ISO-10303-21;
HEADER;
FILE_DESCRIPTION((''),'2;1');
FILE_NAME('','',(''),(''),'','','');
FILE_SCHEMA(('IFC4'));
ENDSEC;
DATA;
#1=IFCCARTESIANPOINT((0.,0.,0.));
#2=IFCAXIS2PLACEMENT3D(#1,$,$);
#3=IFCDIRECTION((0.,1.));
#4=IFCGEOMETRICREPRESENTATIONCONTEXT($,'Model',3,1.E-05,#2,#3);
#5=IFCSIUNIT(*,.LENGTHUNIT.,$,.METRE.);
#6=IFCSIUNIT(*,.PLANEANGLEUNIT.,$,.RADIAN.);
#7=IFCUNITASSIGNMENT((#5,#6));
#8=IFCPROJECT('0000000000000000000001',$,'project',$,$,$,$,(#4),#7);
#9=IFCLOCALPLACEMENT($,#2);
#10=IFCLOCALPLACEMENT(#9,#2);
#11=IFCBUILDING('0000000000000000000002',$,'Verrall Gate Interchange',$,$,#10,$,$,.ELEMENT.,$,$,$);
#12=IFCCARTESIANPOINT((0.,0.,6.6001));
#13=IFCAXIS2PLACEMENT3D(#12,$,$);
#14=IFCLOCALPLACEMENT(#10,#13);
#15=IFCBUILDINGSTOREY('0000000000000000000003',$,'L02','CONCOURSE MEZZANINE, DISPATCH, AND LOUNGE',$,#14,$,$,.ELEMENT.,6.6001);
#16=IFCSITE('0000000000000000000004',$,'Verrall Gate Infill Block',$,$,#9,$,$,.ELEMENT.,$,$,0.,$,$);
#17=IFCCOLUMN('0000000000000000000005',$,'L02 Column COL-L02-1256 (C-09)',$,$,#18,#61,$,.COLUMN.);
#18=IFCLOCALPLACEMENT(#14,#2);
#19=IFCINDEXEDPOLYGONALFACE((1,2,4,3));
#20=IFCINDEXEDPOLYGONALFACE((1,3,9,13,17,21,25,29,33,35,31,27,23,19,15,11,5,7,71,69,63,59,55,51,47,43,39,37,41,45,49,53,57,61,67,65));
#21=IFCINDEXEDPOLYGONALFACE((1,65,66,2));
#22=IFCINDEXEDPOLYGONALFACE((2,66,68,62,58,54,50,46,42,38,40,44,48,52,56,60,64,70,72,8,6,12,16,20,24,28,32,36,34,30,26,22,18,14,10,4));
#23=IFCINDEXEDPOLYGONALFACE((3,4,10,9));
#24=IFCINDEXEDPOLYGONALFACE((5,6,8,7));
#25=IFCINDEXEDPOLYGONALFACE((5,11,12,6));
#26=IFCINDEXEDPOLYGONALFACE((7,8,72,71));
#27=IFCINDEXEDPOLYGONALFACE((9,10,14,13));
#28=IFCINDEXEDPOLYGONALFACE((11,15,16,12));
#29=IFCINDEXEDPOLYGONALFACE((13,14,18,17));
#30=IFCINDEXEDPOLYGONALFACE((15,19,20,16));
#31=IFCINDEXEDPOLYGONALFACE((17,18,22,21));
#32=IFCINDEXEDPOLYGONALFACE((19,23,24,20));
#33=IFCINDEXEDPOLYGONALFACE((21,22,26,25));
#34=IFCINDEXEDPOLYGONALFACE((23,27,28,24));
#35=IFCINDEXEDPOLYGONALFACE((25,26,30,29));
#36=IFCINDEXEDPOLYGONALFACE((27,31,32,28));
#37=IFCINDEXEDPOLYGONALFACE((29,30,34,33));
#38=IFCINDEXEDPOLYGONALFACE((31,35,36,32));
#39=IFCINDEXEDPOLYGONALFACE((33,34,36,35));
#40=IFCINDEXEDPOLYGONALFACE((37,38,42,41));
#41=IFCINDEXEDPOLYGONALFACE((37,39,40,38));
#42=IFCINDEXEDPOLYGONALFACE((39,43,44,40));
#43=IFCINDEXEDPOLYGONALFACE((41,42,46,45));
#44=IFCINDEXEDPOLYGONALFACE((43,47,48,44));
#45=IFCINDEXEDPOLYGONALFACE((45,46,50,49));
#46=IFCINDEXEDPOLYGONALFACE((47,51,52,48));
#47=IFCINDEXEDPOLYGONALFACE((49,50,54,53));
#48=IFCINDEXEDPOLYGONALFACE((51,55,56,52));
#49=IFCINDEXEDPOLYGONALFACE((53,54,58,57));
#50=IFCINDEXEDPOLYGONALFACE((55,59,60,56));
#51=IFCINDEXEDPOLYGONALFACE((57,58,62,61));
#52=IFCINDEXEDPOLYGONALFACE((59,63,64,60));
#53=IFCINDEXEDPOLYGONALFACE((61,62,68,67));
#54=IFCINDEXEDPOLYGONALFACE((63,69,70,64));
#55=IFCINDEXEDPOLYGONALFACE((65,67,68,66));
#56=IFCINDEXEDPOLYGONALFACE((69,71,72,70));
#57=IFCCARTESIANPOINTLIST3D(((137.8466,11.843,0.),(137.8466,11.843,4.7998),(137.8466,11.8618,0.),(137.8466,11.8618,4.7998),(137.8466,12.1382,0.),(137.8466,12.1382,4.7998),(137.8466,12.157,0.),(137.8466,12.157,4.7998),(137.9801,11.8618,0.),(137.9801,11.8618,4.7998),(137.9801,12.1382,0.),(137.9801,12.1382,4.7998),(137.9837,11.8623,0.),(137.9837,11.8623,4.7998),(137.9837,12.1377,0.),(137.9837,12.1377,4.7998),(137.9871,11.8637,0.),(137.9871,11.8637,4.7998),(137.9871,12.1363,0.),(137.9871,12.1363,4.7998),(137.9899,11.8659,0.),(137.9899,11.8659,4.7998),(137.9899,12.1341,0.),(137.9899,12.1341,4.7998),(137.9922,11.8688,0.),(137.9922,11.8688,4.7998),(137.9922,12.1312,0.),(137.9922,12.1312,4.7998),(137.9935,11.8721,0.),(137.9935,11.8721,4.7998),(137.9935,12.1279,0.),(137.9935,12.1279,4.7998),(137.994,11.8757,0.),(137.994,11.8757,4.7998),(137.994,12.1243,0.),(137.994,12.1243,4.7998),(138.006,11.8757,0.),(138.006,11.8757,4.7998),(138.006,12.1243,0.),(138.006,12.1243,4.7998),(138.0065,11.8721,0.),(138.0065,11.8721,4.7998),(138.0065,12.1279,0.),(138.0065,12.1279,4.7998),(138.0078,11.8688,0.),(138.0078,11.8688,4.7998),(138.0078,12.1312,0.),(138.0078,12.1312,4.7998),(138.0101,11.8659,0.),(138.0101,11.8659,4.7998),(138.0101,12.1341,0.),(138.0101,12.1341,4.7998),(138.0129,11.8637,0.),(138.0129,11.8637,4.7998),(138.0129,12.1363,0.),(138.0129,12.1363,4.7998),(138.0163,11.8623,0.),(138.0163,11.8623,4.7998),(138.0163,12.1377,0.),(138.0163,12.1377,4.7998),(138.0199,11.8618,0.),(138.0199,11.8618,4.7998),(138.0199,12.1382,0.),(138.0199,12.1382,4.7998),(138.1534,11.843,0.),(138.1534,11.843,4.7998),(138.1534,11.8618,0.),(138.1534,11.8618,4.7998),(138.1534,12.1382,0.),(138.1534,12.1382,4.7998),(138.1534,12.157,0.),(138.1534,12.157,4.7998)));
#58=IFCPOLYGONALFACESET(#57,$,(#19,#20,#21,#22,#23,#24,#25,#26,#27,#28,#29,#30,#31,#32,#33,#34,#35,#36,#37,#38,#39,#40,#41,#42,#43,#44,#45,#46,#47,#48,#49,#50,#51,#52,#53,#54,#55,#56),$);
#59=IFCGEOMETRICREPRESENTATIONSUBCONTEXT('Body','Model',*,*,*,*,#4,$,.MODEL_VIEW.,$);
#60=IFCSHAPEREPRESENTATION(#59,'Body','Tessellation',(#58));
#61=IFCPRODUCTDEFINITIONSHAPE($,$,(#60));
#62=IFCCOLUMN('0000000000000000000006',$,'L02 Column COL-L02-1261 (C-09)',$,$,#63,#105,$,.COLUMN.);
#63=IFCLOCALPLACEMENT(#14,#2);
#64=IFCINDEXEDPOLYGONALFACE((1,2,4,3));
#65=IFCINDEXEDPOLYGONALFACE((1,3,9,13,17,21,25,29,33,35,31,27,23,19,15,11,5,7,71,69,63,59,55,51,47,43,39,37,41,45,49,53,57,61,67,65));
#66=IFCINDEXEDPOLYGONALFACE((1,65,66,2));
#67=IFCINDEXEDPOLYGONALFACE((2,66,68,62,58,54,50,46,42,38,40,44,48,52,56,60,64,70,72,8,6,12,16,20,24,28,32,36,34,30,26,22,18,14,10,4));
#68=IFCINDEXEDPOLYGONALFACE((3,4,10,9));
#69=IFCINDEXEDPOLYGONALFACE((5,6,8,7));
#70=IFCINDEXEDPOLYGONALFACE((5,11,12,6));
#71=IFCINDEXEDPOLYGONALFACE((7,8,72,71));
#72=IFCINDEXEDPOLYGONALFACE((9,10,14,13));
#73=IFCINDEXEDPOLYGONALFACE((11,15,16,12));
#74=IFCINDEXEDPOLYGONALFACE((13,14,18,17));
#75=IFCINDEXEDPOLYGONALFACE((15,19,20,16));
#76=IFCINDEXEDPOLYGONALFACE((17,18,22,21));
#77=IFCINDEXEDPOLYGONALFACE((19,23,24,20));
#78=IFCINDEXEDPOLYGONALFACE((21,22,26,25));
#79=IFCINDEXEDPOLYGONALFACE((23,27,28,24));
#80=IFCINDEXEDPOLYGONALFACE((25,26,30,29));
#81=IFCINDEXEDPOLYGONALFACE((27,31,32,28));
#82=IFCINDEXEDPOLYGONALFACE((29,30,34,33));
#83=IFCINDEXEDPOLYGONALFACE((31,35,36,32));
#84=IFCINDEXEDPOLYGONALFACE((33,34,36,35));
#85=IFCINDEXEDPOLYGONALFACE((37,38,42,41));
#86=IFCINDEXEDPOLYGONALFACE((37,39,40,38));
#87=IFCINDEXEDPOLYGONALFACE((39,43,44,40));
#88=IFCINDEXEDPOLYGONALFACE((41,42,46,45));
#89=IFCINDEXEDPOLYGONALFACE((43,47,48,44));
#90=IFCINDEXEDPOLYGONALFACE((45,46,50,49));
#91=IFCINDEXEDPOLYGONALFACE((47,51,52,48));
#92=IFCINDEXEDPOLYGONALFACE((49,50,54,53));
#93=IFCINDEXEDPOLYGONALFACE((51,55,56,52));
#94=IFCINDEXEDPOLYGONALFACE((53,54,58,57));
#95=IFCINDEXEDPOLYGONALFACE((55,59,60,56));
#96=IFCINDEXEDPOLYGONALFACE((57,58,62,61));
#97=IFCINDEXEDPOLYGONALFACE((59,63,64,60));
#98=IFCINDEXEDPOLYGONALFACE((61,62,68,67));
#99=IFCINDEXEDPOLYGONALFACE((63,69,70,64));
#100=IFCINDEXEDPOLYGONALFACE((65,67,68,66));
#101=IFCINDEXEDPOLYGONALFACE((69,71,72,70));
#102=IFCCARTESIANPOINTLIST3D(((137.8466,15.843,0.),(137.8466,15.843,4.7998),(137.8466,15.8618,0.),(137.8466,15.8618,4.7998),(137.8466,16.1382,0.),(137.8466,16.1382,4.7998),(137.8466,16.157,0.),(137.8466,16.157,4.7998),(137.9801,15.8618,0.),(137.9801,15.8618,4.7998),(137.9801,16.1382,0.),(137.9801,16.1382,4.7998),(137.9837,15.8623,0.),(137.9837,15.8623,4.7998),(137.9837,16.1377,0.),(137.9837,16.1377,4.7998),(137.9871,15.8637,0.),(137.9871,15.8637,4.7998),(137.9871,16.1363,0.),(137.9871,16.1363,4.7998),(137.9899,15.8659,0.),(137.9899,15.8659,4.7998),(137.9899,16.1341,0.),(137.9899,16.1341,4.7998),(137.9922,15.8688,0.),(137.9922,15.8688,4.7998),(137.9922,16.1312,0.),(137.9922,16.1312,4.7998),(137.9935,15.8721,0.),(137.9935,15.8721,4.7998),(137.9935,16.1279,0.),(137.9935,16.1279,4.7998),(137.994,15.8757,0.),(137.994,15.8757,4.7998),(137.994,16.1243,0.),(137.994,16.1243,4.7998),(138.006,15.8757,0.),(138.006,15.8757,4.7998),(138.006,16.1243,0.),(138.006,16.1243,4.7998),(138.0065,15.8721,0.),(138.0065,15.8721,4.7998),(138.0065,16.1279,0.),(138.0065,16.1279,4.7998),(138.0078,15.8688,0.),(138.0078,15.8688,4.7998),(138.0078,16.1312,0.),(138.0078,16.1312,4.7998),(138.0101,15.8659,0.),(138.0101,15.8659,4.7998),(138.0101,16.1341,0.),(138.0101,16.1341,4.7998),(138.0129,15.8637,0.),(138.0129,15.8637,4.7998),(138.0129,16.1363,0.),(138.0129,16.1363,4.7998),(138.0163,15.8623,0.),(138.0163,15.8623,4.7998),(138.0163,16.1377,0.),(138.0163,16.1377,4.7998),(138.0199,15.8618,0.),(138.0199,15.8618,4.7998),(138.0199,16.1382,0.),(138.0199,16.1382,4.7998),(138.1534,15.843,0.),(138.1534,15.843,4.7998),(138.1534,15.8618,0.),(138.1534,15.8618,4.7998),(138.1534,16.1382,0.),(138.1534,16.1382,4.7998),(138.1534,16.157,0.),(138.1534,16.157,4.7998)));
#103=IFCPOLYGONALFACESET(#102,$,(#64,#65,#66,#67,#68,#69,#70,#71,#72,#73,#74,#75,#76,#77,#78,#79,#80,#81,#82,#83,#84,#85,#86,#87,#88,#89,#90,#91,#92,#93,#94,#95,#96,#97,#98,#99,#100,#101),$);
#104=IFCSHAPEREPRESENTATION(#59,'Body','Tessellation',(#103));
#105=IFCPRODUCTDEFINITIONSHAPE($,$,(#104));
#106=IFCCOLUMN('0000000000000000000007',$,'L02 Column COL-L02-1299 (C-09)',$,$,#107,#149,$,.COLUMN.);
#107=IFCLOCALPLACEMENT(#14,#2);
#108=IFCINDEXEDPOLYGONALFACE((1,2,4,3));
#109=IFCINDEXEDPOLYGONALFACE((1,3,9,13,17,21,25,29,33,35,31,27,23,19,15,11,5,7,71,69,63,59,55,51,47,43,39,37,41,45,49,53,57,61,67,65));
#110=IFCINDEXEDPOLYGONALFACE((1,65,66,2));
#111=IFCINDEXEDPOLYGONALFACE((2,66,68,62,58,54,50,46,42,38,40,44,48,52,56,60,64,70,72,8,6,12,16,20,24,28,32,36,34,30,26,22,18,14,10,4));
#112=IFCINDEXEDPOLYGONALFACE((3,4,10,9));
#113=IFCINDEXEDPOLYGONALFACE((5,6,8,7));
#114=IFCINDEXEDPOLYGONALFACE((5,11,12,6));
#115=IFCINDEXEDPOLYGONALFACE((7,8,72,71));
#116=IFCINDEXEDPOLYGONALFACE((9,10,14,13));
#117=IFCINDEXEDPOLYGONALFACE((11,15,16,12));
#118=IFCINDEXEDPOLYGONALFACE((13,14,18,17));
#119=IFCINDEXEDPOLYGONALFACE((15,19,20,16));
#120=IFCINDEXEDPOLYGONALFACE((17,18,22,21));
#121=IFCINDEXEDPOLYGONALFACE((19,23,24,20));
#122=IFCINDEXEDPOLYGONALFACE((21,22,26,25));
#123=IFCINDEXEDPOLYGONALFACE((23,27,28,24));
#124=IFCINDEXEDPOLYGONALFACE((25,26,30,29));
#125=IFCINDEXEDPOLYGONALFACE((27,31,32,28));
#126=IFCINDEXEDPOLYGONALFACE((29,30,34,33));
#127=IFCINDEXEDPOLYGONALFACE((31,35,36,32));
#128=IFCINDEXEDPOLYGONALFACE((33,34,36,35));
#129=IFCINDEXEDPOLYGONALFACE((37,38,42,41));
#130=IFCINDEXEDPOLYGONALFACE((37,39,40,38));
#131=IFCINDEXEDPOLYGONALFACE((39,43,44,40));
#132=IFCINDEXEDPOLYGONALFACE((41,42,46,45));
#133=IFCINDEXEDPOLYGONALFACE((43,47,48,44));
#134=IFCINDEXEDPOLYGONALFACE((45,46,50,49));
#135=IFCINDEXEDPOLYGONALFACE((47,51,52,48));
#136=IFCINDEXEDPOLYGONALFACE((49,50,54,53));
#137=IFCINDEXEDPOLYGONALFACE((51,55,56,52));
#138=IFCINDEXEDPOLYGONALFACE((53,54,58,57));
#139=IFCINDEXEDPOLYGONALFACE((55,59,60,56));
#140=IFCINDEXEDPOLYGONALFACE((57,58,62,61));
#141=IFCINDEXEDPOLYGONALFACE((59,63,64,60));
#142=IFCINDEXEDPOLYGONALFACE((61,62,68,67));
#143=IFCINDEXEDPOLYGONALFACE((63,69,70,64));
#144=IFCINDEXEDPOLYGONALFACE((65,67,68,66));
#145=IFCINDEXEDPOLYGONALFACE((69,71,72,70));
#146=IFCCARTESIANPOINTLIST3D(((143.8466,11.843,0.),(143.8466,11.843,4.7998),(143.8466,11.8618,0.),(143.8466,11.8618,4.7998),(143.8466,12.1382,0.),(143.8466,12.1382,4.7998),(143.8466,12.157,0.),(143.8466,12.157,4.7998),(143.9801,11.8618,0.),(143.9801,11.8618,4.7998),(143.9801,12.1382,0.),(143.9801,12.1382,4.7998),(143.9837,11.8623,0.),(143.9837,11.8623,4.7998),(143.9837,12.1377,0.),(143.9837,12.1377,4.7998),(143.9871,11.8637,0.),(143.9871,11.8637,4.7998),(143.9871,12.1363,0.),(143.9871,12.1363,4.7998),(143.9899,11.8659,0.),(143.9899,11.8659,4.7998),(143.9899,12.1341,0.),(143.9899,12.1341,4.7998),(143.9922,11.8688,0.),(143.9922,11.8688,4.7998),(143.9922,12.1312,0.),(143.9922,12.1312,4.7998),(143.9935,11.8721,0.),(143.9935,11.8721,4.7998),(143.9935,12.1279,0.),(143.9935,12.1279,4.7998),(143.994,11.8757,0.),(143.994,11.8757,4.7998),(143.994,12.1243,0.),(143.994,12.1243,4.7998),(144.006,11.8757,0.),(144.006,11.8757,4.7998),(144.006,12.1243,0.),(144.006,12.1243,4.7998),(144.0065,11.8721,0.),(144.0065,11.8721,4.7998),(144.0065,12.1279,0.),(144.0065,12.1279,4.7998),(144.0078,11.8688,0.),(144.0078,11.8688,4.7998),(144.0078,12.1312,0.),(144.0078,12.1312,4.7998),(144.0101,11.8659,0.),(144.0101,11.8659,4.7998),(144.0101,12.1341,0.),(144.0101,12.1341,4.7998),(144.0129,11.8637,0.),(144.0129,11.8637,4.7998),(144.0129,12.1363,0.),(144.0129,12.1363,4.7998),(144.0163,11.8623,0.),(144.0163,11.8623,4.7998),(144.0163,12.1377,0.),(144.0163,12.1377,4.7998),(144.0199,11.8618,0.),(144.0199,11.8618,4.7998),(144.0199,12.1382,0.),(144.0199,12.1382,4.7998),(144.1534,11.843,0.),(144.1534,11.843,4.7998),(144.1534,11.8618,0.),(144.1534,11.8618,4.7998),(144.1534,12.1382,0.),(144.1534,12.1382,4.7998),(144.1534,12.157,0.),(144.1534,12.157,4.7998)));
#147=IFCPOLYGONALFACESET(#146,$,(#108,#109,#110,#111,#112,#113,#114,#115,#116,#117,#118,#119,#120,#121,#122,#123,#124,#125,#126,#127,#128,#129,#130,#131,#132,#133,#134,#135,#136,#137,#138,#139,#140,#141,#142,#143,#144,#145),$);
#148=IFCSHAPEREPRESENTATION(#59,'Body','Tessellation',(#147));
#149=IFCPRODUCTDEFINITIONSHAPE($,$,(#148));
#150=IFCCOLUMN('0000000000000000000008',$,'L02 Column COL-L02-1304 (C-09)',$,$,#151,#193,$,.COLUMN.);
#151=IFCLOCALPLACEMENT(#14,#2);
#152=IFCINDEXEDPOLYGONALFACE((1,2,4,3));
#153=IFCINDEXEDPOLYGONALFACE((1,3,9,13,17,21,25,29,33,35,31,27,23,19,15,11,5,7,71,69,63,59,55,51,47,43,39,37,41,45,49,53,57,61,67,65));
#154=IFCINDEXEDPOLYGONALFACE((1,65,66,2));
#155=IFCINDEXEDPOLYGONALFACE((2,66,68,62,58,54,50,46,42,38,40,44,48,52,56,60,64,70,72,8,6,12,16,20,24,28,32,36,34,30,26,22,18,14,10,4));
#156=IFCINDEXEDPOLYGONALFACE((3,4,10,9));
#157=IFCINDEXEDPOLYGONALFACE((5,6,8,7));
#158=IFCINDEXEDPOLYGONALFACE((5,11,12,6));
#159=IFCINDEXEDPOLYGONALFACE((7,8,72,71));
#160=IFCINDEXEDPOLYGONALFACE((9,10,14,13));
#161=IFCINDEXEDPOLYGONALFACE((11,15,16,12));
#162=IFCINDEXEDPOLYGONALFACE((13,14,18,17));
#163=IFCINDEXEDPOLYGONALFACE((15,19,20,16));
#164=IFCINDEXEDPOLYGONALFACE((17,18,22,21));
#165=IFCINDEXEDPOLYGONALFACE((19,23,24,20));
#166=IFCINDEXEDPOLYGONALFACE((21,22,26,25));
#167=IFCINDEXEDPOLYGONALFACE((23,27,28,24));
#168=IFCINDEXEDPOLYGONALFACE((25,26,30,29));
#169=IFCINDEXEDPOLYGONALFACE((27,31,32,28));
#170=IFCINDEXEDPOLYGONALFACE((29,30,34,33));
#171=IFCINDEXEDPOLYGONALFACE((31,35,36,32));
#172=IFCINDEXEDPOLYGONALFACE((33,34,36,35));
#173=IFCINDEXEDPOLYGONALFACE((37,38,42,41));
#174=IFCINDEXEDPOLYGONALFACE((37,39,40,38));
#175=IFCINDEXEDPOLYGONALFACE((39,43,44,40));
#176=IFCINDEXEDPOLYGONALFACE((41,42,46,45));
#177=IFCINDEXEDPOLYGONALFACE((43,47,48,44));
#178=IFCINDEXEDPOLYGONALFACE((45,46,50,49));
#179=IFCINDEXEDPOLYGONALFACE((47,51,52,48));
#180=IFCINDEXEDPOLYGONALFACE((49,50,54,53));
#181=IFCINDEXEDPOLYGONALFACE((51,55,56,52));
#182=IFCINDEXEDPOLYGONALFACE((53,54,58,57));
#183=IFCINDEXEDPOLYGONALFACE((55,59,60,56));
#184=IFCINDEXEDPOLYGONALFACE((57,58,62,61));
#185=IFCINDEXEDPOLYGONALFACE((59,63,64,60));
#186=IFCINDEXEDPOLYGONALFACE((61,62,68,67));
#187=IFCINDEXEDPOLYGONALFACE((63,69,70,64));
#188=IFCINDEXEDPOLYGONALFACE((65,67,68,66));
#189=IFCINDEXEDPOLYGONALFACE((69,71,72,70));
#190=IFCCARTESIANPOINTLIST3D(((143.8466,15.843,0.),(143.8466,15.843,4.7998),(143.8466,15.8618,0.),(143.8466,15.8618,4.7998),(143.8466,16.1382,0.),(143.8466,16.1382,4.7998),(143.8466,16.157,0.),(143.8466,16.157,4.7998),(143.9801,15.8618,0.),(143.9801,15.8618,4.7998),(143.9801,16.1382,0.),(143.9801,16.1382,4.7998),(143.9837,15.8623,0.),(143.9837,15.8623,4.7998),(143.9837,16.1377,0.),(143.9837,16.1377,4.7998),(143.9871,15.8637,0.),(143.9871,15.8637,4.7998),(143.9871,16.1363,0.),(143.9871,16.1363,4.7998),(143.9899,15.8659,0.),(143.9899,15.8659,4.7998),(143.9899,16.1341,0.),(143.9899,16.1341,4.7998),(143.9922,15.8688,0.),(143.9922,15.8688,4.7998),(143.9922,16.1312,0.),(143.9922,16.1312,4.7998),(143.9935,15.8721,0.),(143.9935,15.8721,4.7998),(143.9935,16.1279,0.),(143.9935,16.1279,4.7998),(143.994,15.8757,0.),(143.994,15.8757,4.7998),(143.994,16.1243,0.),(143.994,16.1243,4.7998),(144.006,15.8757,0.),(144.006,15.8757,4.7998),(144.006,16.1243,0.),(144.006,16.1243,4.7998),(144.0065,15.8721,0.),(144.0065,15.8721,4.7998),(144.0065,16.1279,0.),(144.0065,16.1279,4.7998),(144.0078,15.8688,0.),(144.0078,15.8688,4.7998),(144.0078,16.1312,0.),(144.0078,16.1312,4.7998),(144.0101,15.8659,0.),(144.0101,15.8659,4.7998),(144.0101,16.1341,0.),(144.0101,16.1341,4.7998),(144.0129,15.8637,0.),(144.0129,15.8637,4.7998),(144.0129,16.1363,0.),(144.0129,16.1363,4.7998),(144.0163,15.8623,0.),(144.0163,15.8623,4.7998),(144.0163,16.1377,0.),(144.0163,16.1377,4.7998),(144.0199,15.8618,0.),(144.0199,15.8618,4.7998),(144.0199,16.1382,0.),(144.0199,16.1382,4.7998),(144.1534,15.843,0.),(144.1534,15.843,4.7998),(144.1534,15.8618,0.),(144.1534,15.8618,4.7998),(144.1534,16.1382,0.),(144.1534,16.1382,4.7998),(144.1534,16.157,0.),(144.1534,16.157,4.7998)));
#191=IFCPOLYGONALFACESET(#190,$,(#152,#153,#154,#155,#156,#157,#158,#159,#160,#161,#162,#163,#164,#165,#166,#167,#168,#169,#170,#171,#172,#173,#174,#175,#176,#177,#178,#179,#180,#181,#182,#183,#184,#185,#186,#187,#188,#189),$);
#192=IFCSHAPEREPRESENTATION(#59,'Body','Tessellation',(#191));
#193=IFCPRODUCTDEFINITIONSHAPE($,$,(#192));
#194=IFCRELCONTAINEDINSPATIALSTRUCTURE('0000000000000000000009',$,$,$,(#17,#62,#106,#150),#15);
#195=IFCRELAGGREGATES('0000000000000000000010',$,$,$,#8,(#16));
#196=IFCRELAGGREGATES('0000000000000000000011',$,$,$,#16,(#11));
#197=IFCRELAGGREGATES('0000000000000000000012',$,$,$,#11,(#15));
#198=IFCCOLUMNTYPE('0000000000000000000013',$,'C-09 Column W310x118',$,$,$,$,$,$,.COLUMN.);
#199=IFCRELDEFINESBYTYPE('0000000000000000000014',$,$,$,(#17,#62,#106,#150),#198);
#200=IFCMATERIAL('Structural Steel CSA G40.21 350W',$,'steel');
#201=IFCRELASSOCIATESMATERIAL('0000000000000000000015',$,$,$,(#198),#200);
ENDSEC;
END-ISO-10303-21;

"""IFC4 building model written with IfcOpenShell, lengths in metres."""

from ifc_helpers import new_model, si_unit, direction, frame, origin, origin_2d, place, context, subcontext, project, spatial, i_section, extrude, material, material_profile, profile_set, type_object, element, save


model = new_model("IFC4")

# Units and contexts
model_context = context("Model", 3, precision=1e-05, world=origin(), true_north=direction((0.0, 1.0)))
body_context = subcontext(model_context, "Body", "Model", "MODEL_VIEW")
ifc_project = project(units=[si_unit("LENGTHUNIT", "METRE"), si_unit("PLANEANGLEUNIT", "RADIAN")], contexts=[model_context])

# Site, building, storey
site_placement = place(None, origin())
site = spatial("IfcSite", under=ifc_project, at=site_placement, Name="Verrall Gate Infill Block", CompositionType="ELEMENT", RefElevation=0.0)
building_placement = place(site_placement, origin())
building = spatial("IfcBuilding", under=site, at=building_placement, Name="Verrall Gate Interchange", CompositionType="ELEMENT")
storey_placement = place(building_placement, frame((0.0, 0.0, 6.6001)))
storey = spatial("IfcBuildingStorey", under=building, at=storey_placement, Name="L02", Description="CONCOURSE MEZZANINE, DISPATCH, AND LOUNGE", CompositionType="ELEMENT", Elevation=6.6001)

# Columns
ifc_material_1 = material(Name="Structural Steel CSA G40.21 350W", Category="steel")
ifc_material_profile_1 = material_profile(ifc_material_1, i_section(OverallWidth=0.3069, OverallDepth=0.314, WebThickness=0.012, FlangeThickness=0.0188, FilletRadius=0.0139, at=origin_2d()), Name="W310x118")
ifc_profile_set_1 = profile_set([ifc_material_profile_1], Name="Structural Steel CSA G40.21 350W")
column_type = type_object("IfcColumnType", Name="C-09 Column W310x118", PredefinedType="COLUMN", material=ifc_profile_set_1)
for number, where, z_axis, x_axis, name in (
    (1, (138.0, 12.0, 0.0), (0.0, 0.0, 1.0), (1.0, 0.0, 0.0), "L02 Column COL-L02-1256 (C-09)"),
    (2, (138.0, 16.0, 0.0), (0.0, 0.0, 1.0), (1.0, 0.0, 0.0), "L02 Column COL-L02-1261 (C-09)"),
    (3, (144.0, 12.0, 0.0), (0.0, 0.0, 1.0), (1.0, 0.0, 0.0), "L02 Column COL-L02-1299 (C-09)"),
    (4, (144.0, 16.0, 0.0), (0.0, 0.0, 1.0), (1.0, 0.0, 0.0), "L02 Column COL-L02-1304 (C-09)"),
):
    element("IfcColumn", number, at=place(storey_placement, frame(where, z_axis=z_axis, x_axis=x_axis)), inside=storey, type_object=column_type, Name=name, PredefinedType="COLUMN", context=body_context, shape_type="SweptSolid", body=[
        extrude(i_section(OverallWidth=0.3069, OverallDepth=0.314, WebThickness=0.012, FlangeThickness=0.0188, FilletRadius=0.0139, at=origin_2d()), origin(), (0.0, 0.0, 1.0), 4.7998),
    ])

save(model, "model.ifc")
